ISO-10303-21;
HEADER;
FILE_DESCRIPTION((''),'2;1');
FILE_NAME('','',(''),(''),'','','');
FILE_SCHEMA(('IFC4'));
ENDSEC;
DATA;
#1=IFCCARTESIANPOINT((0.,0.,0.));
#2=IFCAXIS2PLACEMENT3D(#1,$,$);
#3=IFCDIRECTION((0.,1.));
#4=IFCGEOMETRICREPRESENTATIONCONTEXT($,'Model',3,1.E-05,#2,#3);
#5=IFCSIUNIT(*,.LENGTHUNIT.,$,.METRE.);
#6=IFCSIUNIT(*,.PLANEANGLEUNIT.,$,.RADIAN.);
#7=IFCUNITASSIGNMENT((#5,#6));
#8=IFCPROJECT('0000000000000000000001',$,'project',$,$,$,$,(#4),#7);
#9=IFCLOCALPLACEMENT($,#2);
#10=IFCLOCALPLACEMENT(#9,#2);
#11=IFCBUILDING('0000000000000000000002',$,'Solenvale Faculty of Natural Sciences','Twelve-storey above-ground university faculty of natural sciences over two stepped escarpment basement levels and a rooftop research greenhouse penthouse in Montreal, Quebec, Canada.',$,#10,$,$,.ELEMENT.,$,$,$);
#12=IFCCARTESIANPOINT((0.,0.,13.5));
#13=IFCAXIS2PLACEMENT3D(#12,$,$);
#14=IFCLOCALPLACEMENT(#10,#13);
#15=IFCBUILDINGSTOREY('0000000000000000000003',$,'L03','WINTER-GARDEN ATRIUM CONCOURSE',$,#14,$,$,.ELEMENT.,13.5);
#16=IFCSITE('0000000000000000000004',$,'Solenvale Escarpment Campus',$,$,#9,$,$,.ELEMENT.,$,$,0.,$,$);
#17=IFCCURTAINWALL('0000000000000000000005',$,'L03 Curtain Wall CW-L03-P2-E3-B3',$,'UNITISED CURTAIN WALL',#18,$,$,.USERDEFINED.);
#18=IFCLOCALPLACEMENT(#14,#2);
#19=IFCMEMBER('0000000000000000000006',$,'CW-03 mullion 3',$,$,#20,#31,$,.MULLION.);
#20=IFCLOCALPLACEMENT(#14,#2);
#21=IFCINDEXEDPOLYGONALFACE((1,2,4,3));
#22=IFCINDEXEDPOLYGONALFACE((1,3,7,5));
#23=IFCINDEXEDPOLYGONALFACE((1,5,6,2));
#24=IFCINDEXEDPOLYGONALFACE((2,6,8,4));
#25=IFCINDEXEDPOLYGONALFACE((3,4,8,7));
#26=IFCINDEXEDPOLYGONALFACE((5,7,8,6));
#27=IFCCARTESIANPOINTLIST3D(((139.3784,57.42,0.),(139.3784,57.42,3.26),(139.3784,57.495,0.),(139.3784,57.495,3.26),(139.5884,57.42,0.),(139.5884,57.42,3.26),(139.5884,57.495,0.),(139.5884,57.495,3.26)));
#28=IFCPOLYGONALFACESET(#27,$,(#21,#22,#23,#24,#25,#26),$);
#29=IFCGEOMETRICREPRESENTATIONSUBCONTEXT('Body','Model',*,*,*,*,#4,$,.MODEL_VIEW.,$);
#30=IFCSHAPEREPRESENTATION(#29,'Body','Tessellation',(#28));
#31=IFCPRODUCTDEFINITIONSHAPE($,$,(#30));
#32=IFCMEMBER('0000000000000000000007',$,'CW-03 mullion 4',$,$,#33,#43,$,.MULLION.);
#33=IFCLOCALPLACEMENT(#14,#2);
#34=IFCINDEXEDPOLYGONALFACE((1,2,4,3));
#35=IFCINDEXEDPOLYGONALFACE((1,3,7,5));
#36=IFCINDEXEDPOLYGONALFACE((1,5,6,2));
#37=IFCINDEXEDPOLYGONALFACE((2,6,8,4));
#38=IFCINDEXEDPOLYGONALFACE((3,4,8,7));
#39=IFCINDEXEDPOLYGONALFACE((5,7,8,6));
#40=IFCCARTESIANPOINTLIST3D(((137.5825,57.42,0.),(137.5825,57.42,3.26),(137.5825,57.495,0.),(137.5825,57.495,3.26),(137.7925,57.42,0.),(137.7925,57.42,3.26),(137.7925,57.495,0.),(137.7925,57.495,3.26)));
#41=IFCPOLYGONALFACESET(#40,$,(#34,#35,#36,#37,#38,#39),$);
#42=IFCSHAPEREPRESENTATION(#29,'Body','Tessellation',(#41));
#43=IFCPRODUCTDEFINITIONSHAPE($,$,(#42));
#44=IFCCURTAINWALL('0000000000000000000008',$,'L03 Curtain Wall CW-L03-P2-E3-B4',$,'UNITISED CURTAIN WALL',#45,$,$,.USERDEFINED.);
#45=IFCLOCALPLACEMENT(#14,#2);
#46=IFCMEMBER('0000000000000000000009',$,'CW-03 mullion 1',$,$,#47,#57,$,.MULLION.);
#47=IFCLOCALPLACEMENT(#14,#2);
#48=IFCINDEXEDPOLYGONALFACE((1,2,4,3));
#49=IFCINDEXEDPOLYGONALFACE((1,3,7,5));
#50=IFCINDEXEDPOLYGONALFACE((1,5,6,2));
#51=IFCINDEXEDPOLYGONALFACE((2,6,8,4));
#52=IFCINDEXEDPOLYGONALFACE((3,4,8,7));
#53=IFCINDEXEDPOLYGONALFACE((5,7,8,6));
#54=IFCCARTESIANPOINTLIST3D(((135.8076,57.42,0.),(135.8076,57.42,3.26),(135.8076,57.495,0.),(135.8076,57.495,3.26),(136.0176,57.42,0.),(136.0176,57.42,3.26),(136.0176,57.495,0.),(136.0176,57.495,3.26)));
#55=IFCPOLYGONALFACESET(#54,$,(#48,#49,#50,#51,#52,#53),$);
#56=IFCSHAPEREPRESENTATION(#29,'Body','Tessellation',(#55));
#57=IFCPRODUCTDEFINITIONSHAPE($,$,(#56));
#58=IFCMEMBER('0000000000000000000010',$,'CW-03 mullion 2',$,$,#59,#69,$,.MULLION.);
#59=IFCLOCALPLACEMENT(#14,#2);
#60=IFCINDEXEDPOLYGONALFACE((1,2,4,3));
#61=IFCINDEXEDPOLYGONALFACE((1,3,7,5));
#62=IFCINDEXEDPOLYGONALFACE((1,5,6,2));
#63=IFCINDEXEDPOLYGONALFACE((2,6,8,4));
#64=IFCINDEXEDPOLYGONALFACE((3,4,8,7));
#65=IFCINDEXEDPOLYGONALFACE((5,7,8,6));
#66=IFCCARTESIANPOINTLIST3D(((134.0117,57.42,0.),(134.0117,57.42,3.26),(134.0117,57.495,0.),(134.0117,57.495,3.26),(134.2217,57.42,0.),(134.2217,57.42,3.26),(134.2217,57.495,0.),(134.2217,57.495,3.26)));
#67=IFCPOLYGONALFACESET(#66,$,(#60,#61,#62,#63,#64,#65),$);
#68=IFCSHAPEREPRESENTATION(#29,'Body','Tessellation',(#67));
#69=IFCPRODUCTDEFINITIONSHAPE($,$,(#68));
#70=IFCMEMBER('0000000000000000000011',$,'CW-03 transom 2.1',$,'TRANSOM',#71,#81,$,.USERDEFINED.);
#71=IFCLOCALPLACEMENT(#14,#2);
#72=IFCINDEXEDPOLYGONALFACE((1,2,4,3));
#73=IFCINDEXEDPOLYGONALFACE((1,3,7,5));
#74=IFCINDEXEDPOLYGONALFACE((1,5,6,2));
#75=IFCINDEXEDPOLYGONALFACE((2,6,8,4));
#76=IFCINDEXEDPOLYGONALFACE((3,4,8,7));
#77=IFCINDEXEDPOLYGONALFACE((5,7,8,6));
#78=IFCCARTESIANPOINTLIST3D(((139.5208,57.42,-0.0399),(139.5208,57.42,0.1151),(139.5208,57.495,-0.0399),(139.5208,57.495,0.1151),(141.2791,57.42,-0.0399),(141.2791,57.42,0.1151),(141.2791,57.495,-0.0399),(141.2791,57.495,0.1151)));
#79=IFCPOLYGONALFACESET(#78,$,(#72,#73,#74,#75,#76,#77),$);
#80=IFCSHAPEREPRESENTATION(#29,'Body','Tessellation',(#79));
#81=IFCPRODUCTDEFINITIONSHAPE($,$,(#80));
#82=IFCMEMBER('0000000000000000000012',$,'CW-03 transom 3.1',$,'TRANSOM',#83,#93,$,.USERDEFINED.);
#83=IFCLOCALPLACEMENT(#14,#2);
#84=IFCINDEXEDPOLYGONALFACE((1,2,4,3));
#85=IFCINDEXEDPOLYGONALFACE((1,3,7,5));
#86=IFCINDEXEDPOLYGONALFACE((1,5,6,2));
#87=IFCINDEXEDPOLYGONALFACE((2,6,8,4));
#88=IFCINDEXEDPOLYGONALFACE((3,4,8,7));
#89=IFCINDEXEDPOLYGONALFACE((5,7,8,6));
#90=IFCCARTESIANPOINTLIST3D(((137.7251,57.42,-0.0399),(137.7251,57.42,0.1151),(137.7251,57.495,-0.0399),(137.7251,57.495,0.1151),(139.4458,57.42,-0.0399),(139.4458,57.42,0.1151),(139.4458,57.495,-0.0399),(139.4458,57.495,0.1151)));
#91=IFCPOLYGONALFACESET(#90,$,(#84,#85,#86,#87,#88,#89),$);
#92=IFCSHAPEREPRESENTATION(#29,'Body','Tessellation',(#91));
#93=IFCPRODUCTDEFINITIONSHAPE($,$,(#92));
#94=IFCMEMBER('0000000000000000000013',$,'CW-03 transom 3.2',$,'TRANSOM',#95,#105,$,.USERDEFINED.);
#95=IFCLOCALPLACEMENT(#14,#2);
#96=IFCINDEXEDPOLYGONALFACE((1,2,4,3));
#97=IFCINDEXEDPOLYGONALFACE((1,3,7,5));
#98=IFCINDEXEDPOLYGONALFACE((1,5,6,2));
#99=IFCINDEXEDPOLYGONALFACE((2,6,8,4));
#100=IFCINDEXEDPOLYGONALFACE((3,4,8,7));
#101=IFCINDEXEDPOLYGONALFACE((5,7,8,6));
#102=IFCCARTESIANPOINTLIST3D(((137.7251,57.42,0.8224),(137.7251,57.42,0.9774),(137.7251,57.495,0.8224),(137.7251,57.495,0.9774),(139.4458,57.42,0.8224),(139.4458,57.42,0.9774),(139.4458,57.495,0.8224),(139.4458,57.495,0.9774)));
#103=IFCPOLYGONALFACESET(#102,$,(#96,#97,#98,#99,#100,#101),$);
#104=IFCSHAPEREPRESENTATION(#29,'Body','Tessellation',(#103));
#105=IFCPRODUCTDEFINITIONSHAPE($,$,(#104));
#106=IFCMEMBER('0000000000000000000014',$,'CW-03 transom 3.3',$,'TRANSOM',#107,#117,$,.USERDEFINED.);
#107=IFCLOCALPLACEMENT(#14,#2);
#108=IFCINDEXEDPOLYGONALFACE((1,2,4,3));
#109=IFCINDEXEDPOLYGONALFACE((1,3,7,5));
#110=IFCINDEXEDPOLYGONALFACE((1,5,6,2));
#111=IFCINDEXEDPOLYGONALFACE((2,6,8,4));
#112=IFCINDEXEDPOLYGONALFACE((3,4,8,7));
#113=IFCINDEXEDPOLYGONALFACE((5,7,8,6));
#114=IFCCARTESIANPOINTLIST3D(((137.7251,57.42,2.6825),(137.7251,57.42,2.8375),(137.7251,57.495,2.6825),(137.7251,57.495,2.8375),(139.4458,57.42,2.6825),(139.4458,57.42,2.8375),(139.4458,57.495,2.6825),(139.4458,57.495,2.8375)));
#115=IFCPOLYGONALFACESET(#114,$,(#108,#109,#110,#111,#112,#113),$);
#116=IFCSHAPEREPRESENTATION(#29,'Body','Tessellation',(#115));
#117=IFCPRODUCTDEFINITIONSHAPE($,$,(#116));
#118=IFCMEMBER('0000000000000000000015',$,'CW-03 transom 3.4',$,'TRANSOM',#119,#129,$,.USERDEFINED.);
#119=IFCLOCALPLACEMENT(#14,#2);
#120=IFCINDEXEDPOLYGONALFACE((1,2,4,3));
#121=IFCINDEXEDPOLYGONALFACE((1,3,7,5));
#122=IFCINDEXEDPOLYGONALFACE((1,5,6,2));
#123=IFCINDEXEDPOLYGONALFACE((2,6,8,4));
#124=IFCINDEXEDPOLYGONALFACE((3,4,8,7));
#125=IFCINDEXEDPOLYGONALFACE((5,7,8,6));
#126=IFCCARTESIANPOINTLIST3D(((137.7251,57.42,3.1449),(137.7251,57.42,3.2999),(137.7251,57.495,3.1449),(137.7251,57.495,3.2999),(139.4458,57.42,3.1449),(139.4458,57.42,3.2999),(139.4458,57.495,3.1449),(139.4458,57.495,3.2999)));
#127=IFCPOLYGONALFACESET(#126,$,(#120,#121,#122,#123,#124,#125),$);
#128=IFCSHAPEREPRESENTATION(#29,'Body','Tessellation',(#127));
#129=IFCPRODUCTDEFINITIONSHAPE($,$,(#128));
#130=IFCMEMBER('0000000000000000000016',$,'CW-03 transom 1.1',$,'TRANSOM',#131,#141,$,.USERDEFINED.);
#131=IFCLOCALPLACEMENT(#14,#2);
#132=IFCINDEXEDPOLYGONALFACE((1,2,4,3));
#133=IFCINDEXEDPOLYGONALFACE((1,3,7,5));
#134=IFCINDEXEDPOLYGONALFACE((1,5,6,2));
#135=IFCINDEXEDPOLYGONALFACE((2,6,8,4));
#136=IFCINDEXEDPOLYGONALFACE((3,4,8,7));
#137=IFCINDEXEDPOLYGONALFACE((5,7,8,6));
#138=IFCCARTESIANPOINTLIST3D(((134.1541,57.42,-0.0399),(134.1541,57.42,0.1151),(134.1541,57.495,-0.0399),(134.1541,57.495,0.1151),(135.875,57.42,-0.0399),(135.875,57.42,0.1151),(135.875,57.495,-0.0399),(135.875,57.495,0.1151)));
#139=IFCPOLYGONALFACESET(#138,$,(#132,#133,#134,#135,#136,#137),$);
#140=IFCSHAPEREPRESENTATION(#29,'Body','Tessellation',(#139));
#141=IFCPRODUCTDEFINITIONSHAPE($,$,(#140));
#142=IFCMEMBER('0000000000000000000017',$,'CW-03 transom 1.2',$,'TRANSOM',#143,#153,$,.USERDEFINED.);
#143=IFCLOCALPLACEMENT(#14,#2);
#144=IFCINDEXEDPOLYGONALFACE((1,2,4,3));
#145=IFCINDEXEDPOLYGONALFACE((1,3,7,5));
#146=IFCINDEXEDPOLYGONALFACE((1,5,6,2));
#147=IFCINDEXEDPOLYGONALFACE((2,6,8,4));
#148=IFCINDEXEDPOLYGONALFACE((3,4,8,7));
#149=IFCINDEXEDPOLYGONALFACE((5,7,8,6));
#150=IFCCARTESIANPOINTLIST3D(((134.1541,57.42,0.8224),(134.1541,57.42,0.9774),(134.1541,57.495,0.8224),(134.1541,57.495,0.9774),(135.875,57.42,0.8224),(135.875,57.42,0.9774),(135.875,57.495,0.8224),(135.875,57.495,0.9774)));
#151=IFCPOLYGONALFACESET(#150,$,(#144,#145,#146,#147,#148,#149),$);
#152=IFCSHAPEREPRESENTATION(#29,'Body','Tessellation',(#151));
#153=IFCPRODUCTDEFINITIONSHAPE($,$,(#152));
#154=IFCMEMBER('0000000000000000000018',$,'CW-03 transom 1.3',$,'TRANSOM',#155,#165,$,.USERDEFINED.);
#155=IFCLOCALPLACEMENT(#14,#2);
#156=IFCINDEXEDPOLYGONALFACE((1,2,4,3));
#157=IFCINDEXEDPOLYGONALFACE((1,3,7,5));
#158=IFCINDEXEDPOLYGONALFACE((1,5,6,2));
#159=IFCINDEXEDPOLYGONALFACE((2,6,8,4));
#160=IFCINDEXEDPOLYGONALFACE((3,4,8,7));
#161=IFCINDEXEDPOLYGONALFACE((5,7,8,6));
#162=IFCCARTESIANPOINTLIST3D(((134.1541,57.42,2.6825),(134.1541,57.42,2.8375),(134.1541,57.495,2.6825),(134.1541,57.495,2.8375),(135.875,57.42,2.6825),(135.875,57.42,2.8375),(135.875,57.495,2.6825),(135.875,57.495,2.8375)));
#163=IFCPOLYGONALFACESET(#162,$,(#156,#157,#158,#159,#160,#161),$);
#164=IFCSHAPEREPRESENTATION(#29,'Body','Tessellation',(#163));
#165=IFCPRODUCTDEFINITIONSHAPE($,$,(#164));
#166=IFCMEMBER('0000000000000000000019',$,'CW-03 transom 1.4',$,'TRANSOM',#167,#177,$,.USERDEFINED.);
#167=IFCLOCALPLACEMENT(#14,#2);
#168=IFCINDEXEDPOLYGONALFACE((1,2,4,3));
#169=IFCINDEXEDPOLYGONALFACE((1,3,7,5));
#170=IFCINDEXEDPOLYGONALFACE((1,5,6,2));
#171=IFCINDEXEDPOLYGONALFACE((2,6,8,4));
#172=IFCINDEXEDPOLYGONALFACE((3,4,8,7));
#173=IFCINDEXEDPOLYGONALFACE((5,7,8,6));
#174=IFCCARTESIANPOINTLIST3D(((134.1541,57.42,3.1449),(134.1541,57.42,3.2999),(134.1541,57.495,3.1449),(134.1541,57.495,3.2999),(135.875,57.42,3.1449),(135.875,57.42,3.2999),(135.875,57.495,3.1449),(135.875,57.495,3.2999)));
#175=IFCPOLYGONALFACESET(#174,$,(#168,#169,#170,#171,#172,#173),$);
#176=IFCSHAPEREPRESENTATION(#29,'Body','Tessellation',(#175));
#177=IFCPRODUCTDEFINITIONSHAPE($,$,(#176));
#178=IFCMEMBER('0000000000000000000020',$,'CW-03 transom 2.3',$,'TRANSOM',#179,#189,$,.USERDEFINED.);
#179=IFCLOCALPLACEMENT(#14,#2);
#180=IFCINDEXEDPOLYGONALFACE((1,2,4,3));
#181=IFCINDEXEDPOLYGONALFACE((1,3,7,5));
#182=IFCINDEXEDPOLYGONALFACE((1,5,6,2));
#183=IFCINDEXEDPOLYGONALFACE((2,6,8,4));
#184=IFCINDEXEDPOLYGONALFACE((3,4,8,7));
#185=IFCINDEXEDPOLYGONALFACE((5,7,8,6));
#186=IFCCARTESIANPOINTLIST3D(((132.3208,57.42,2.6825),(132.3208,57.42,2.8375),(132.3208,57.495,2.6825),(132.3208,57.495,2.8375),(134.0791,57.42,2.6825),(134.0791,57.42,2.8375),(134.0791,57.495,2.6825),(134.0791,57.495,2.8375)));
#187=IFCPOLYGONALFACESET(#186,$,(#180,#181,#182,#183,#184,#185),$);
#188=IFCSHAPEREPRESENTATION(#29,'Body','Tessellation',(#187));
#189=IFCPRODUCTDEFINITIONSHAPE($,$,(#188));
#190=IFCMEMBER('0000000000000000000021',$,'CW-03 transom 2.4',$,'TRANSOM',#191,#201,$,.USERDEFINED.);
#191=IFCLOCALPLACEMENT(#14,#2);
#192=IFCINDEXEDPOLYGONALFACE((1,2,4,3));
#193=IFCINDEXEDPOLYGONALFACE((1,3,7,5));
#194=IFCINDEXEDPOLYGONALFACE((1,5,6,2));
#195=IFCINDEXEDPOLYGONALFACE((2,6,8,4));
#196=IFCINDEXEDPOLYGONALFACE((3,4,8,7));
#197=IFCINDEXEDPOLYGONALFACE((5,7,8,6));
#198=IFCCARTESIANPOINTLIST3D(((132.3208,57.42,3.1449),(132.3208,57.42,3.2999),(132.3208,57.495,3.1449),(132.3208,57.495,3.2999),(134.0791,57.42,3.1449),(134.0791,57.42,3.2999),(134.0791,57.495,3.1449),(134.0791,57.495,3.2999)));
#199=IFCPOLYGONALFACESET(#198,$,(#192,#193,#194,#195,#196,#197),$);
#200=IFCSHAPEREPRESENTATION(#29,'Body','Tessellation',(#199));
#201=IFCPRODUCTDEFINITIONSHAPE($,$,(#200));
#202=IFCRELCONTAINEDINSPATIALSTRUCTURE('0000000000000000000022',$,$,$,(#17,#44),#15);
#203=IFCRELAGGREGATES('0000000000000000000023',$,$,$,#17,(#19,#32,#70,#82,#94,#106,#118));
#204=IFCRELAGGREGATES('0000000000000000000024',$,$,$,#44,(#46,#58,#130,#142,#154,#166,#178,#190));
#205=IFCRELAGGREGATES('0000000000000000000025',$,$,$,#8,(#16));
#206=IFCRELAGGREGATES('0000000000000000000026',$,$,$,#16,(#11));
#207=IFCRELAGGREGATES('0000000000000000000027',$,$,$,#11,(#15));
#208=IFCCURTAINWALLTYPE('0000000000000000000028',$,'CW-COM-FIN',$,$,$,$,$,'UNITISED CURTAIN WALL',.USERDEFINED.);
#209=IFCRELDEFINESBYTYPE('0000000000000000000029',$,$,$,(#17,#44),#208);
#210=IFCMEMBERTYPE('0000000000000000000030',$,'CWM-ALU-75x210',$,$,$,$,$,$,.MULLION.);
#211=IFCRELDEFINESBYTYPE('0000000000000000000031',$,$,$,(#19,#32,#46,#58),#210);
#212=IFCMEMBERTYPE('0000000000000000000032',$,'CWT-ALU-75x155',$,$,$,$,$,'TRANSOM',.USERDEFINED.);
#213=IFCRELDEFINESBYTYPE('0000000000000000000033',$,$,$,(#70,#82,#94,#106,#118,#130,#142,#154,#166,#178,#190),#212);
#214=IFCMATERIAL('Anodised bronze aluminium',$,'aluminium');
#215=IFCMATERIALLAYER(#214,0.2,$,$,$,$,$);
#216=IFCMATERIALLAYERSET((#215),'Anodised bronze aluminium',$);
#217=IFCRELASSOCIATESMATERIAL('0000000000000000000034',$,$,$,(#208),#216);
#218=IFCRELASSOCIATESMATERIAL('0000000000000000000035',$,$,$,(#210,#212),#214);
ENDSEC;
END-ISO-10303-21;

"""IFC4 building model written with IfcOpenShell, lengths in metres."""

from ifc_helpers import new_model, si_unit, direction, frame, origin, origin_2d, place, context, subcontext, project, spatial, rectangle, extrude, material, layer, layer_set, material_profile, profile_set, type_object, element, aggregate, save


model = new_model("IFC4")

# Units and contexts
model_context = context("Model", 3, precision=1e-05, world=origin(), true_north=direction((0.0, 1.0)))
body_context = subcontext(model_context, "Body", "Model", "MODEL_VIEW")
ifc_project = project(units=[si_unit("LENGTHUNIT", "METRE"), si_unit("PLANEANGLEUNIT", "RADIAN")], contexts=[model_context])

# Site, building, storey
site_placement = place(None, origin())
site = spatial("IfcSite", under=ifc_project, at=site_placement, Name="Solenvale Escarpment Campus", CompositionType="ELEMENT", RefElevation=0.0)
building_placement = place(site_placement, origin())
building = spatial("IfcBuilding", under=site, at=building_placement, Name="Solenvale Faculty of Natural Sciences", Description="Twelve-storey above-ground university faculty of natural sciences over two stepped escarpment basement levels and a rooftop research greenhouse penthouse in Montreal, Quebec, Canada.", CompositionType="ELEMENT")
storey_placement = place(building_placement, frame((0.0, 0.0, 13.5)))
storey = spatial("IfcBuildingStorey", under=building, at=storey_placement, Name="L03", Description="WINTER-GARDEN ATRIUM CONCOURSE", CompositionType="ELEMENT", Elevation=13.5)

# Curtain walls, members
ifc_material_1 = material(Name="Anodised bronze aluminium", Category="aluminium")
ifc_layer_1 = layer(ifc_material_1, 0.2)
ifc_layer_set_1 = layer_set([ifc_layer_1], Name="Anodised bronze aluminium")
curtain_wall_type = type_object("IfcCurtainWallType", Name="CW-COM-FIN", ElementType="UNITISED CURTAIN WALL", PredefinedType="USERDEFINED", material=ifc_layer_set_1)
curtain_wall_1_placement = place(storey_placement, origin())
curtain_wall_1 = element("IfcCurtainWall", 1, at=curtain_wall_1_placement, inside=storey, type_object=curtain_wall_type, Name="L03 Curtain Wall CW-L03-P2-E3-B3", ObjectType="UNITISED CURTAIN WALL", PredefinedType="USERDEFINED")
ifc_material_profile_1 = material_profile(ifc_material_1, rectangle(XDim=0.075, YDim=0.21, at=origin_2d()), Name="ALU-MUL-75x210")
ifc_profile_set_1 = profile_set([ifc_material_profile_1], Name="Anodised bronze aluminium")
member_type_1 = type_object("IfcMemberType", Name="CWM-ALU-75x210", PredefinedType="MULLION", material=ifc_profile_set_1)
member_1_placement = place(storey_placement, frame((139.4834, 57.4575, 0.0), z_axis=(0.0, 0.0, 1.0), x_axis=(0.0, -1.0, 0.0)))
member_1 = element("IfcMember", 2, at=member_1_placement, type_object=member_type_1, Name="CW-03 mullion 3", PredefinedType="MULLION", context=body_context, shape_type="SweptSolid", body=[
    extrude(rectangle(XDim=0.075, YDim=0.21, at=origin_2d()), origin(), (0.0, 0.0, 1.0), 3.26),
])
member_2_placement = place(storey_placement, frame((137.6875, 57.4575, 0.0), z_axis=(0.0, 0.0, 1.0), x_axis=(0.0, -1.0, 0.0)))
member_2 = element("IfcMember", 3, at=member_2_placement, type_object=member_type_1, Name="CW-03 mullion 4", PredefinedType="MULLION", context=body_context, shape_type="SweptSolid", body=[
    extrude(rectangle(XDim=0.075, YDim=0.21, at=origin_2d()), origin(), (0.0, 0.0, 1.0), 3.26),
])
curtain_wall_2_placement = place(storey_placement, origin())
curtain_wall_2 = element("IfcCurtainWall", 4, at=curtain_wall_2_placement, inside=storey, type_object=curtain_wall_type, Name="L03 Curtain Wall CW-L03-P2-E3-B4", ObjectType="UNITISED CURTAIN WALL", PredefinedType="USERDEFINED")
member_3_placement = place(storey_placement, frame((135.9126, 57.4575, 0.0), z_axis=(0.0, 0.0, 1.0), x_axis=(0.0, -1.0, 0.0)))
member_3 = element("IfcMember", 5, at=member_3_placement, type_object=member_type_1, Name="CW-03 mullion 1", PredefinedType="MULLION", context=body_context, shape_type="SweptSolid", body=[
    extrude(rectangle(XDim=0.075, YDim=0.21, at=origin_2d()), origin(), (0.0, 0.0, 1.0), 3.26),
])
member_4_placement = place(storey_placement, frame((134.1167, 57.4575, 0.0), z_axis=(0.0, 0.0, 1.0), x_axis=(0.0, -1.0, 0.0)))
member_4 = element("IfcMember", 6, at=member_4_placement, type_object=member_type_1, Name="CW-03 mullion 2", PredefinedType="MULLION", context=body_context, shape_type="SweptSolid", body=[
    extrude(rectangle(XDim=0.075, YDim=0.21, at=origin_2d()), origin(), (0.0, 0.0, 1.0), 3.26),
])

# Members
ifc_material_profile_2 = material_profile(ifc_material_1, rectangle(XDim=0.075, YDim=0.155, at=origin_2d()), Name="ALU-TRN-75x155")
ifc_profile_set_2 = profile_set([ifc_material_profile_2], Name="Anodised bronze aluminium")
member_type_2 = type_object("IfcMemberType", Name="CWT-ALU-75x155", ElementType="TRANSOM", PredefinedType="USERDEFINED", material=ifc_profile_set_2)
member_5_placement = place(storey_placement, frame((141.2791, 57.4575, 0.0376), z_axis=(-1.0, 0.0, 0.0), x_axis=(0.0, -1.0, 0.0)))
member_5 = element("IfcMember", 7, at=member_5_placement, type_object=member_type_2, Name="CW-03 transom 2.1", ObjectType="TRANSOM", PredefinedType="USERDEFINED", context=body_context, shape_type="SweptSolid", body=[
    extrude(rectangle(XDim=0.075, YDim=0.155, at=origin_2d()), origin(), (0.0, 0.0, 1.0), 1.7583),
])
member_6_placement = place(storey_placement, frame((139.4458, 57.4575, 0.0376), z_axis=(-1.0, 0.0, 0.0), x_axis=(0.0, -1.0, 0.0)))
member_6 = element("IfcMember", 8, at=member_6_placement, type_object=member_type_2, Name="CW-03 transom 3.1", ObjectType="TRANSOM", PredefinedType="USERDEFINED", context=body_context, shape_type="SweptSolid", body=[
    extrude(rectangle(XDim=0.075, YDim=0.155, at=origin_2d()), origin(), (0.0, 0.0, 1.0), 1.7207),
])
member_7_placement = place(storey_placement, frame((139.4458, 57.4575, 0.8999), z_axis=(-1.0, 0.0, 0.0), x_axis=(0.0, -1.0, 0.0)))
member_7 = element("IfcMember", 9, at=member_7_placement, type_object=member_type_2, Name="CW-03 transom 3.2", ObjectType="TRANSOM", PredefinedType="USERDEFINED", context=body_context, shape_type="SweptSolid", body=[
    extrude(rectangle(XDim=0.075, YDim=0.155, at=origin_2d()), origin(), (0.0, 0.0, 1.0), 1.7207),
])
member_8_placement = place(storey_placement, frame((139.4458, 57.4575, 2.76), z_axis=(-1.0, 0.0, 0.0), x_axis=(0.0, -1.0, 0.0)))
member_8 = element("IfcMember", 10, at=member_8_placement, type_object=member_type_2, Name="CW-03 transom 3.3", ObjectType="TRANSOM", PredefinedType="USERDEFINED", context=body_context, shape_type="SweptSolid", body=[
    extrude(rectangle(XDim=0.075, YDim=0.155, at=origin_2d()), origin(), (0.0, 0.0, 1.0), 1.7207),
])
member_9_placement = place(storey_placement, frame((139.4458, 57.4575, 3.2224), z_axis=(-1.0, 0.0, 0.0), x_axis=(0.0, -1.0, 0.0)))
member_9 = element("IfcMember", 11, at=member_9_placement, type_object=member_type_2, Name="CW-03 transom 3.4", ObjectType="TRANSOM", PredefinedType="USERDEFINED", context=body_context, shape_type="SweptSolid", body=[
    extrude(rectangle(XDim=0.075, YDim=0.155, at=origin_2d()), origin(), (0.0, 0.0, 1.0), 1.7207),
])
member_10_placement = place(storey_placement, frame((135.875, 57.4575, 0.0376), z_axis=(-1.0, 0.0, 0.0), x_axis=(0.0, -1.0, 0.0)))
member_10 = element("IfcMember", 12, at=member_10_placement, type_object=member_type_2, Name="CW-03 transom 1.1", ObjectType="TRANSOM", PredefinedType="USERDEFINED", context=body_context, shape_type="SweptSolid", body=[
    extrude(rectangle(XDim=0.075, YDim=0.155, at=origin_2d()), origin(), (0.0, 0.0, 1.0), 1.7209),
])
member_11_placement = place(storey_placement, frame((135.875, 57.4575, 0.8999), z_axis=(-1.0, 0.0, 0.0), x_axis=(0.0, -1.0, 0.0)))
member_11 = element("IfcMember", 13, at=member_11_placement, type_object=member_type_2, Name="CW-03 transom 1.2", ObjectType="TRANSOM", PredefinedType="USERDEFINED", context=body_context, shape_type="SweptSolid", body=[
    extrude(rectangle(XDim=0.075, YDim=0.155, at=origin_2d()), origin(), (0.0, 0.0, 1.0), 1.7209),
])
member_12_placement = place(storey_placement, frame((135.875, 57.4575, 2.76), z_axis=(-1.0, 0.0, 0.0), x_axis=(0.0, -1.0, 0.0)))
member_12 = element("IfcMember", 14, at=member_12_placement, type_object=member_type_2, Name="CW-03 transom 1.3", ObjectType="TRANSOM", PredefinedType="USERDEFINED", context=body_context, shape_type="SweptSolid", body=[
    extrude(rectangle(XDim=0.075, YDim=0.155, at=origin_2d()), origin(), (0.0, 0.0, 1.0), 1.7209),
])
member_13_placement = place(storey_placement, frame((135.875, 57.4575, 3.2224), z_axis=(-1.0, 0.0, 0.0), x_axis=(0.0, -1.0, 0.0)))
member_13 = element("IfcMember", 15, at=member_13_placement, type_object=member_type_2, Name="CW-03 transom 1.4", ObjectType="TRANSOM", PredefinedType="USERDEFINED", context=body_context, shape_type="SweptSolid", body=[
    extrude(rectangle(XDim=0.075, YDim=0.155, at=origin_2d()), origin(), (0.0, 0.0, 1.0), 1.7209),
])
member_14_placement = place(storey_placement, frame((134.0791, 57.4575, 2.76), z_axis=(-1.0, 0.0, 0.0), x_axis=(0.0, -1.0, 0.0)))
member_14 = element("IfcMember", 16, at=member_14_placement, type_object=member_type_2, Name="CW-03 transom 2.3", ObjectType="TRANSOM", PredefinedType="USERDEFINED", context=body_context, shape_type="SweptSolid", body=[
    extrude(rectangle(XDim=0.075, YDim=0.155, at=origin_2d()), origin(), (0.0, 0.0, 1.0), 1.7583),
])
member_15_placement = place(storey_placement, frame((134.0791, 57.4575, 3.2224), z_axis=(-1.0, 0.0, 0.0), x_axis=(0.0, -1.0, 0.0)))
member_15 = element("IfcMember", 17, at=member_15_placement, type_object=member_type_2, Name="CW-03 transom 2.4", ObjectType="TRANSOM", PredefinedType="USERDEFINED", context=body_context, shape_type="SweptSolid", body=[
    extrude(rectangle(XDim=0.075, YDim=0.155, at=origin_2d()), origin(), (0.0, 0.0, 1.0), 1.7583),
])

aggregate(curtain_wall_1, [member_1, member_2, member_5, member_6, member_7, member_8, member_9])
aggregate(curtain_wall_2, [member_3, member_4, member_10, member_11, member_12, member_13, member_14, member_15])

save(model, "model.ifc")
